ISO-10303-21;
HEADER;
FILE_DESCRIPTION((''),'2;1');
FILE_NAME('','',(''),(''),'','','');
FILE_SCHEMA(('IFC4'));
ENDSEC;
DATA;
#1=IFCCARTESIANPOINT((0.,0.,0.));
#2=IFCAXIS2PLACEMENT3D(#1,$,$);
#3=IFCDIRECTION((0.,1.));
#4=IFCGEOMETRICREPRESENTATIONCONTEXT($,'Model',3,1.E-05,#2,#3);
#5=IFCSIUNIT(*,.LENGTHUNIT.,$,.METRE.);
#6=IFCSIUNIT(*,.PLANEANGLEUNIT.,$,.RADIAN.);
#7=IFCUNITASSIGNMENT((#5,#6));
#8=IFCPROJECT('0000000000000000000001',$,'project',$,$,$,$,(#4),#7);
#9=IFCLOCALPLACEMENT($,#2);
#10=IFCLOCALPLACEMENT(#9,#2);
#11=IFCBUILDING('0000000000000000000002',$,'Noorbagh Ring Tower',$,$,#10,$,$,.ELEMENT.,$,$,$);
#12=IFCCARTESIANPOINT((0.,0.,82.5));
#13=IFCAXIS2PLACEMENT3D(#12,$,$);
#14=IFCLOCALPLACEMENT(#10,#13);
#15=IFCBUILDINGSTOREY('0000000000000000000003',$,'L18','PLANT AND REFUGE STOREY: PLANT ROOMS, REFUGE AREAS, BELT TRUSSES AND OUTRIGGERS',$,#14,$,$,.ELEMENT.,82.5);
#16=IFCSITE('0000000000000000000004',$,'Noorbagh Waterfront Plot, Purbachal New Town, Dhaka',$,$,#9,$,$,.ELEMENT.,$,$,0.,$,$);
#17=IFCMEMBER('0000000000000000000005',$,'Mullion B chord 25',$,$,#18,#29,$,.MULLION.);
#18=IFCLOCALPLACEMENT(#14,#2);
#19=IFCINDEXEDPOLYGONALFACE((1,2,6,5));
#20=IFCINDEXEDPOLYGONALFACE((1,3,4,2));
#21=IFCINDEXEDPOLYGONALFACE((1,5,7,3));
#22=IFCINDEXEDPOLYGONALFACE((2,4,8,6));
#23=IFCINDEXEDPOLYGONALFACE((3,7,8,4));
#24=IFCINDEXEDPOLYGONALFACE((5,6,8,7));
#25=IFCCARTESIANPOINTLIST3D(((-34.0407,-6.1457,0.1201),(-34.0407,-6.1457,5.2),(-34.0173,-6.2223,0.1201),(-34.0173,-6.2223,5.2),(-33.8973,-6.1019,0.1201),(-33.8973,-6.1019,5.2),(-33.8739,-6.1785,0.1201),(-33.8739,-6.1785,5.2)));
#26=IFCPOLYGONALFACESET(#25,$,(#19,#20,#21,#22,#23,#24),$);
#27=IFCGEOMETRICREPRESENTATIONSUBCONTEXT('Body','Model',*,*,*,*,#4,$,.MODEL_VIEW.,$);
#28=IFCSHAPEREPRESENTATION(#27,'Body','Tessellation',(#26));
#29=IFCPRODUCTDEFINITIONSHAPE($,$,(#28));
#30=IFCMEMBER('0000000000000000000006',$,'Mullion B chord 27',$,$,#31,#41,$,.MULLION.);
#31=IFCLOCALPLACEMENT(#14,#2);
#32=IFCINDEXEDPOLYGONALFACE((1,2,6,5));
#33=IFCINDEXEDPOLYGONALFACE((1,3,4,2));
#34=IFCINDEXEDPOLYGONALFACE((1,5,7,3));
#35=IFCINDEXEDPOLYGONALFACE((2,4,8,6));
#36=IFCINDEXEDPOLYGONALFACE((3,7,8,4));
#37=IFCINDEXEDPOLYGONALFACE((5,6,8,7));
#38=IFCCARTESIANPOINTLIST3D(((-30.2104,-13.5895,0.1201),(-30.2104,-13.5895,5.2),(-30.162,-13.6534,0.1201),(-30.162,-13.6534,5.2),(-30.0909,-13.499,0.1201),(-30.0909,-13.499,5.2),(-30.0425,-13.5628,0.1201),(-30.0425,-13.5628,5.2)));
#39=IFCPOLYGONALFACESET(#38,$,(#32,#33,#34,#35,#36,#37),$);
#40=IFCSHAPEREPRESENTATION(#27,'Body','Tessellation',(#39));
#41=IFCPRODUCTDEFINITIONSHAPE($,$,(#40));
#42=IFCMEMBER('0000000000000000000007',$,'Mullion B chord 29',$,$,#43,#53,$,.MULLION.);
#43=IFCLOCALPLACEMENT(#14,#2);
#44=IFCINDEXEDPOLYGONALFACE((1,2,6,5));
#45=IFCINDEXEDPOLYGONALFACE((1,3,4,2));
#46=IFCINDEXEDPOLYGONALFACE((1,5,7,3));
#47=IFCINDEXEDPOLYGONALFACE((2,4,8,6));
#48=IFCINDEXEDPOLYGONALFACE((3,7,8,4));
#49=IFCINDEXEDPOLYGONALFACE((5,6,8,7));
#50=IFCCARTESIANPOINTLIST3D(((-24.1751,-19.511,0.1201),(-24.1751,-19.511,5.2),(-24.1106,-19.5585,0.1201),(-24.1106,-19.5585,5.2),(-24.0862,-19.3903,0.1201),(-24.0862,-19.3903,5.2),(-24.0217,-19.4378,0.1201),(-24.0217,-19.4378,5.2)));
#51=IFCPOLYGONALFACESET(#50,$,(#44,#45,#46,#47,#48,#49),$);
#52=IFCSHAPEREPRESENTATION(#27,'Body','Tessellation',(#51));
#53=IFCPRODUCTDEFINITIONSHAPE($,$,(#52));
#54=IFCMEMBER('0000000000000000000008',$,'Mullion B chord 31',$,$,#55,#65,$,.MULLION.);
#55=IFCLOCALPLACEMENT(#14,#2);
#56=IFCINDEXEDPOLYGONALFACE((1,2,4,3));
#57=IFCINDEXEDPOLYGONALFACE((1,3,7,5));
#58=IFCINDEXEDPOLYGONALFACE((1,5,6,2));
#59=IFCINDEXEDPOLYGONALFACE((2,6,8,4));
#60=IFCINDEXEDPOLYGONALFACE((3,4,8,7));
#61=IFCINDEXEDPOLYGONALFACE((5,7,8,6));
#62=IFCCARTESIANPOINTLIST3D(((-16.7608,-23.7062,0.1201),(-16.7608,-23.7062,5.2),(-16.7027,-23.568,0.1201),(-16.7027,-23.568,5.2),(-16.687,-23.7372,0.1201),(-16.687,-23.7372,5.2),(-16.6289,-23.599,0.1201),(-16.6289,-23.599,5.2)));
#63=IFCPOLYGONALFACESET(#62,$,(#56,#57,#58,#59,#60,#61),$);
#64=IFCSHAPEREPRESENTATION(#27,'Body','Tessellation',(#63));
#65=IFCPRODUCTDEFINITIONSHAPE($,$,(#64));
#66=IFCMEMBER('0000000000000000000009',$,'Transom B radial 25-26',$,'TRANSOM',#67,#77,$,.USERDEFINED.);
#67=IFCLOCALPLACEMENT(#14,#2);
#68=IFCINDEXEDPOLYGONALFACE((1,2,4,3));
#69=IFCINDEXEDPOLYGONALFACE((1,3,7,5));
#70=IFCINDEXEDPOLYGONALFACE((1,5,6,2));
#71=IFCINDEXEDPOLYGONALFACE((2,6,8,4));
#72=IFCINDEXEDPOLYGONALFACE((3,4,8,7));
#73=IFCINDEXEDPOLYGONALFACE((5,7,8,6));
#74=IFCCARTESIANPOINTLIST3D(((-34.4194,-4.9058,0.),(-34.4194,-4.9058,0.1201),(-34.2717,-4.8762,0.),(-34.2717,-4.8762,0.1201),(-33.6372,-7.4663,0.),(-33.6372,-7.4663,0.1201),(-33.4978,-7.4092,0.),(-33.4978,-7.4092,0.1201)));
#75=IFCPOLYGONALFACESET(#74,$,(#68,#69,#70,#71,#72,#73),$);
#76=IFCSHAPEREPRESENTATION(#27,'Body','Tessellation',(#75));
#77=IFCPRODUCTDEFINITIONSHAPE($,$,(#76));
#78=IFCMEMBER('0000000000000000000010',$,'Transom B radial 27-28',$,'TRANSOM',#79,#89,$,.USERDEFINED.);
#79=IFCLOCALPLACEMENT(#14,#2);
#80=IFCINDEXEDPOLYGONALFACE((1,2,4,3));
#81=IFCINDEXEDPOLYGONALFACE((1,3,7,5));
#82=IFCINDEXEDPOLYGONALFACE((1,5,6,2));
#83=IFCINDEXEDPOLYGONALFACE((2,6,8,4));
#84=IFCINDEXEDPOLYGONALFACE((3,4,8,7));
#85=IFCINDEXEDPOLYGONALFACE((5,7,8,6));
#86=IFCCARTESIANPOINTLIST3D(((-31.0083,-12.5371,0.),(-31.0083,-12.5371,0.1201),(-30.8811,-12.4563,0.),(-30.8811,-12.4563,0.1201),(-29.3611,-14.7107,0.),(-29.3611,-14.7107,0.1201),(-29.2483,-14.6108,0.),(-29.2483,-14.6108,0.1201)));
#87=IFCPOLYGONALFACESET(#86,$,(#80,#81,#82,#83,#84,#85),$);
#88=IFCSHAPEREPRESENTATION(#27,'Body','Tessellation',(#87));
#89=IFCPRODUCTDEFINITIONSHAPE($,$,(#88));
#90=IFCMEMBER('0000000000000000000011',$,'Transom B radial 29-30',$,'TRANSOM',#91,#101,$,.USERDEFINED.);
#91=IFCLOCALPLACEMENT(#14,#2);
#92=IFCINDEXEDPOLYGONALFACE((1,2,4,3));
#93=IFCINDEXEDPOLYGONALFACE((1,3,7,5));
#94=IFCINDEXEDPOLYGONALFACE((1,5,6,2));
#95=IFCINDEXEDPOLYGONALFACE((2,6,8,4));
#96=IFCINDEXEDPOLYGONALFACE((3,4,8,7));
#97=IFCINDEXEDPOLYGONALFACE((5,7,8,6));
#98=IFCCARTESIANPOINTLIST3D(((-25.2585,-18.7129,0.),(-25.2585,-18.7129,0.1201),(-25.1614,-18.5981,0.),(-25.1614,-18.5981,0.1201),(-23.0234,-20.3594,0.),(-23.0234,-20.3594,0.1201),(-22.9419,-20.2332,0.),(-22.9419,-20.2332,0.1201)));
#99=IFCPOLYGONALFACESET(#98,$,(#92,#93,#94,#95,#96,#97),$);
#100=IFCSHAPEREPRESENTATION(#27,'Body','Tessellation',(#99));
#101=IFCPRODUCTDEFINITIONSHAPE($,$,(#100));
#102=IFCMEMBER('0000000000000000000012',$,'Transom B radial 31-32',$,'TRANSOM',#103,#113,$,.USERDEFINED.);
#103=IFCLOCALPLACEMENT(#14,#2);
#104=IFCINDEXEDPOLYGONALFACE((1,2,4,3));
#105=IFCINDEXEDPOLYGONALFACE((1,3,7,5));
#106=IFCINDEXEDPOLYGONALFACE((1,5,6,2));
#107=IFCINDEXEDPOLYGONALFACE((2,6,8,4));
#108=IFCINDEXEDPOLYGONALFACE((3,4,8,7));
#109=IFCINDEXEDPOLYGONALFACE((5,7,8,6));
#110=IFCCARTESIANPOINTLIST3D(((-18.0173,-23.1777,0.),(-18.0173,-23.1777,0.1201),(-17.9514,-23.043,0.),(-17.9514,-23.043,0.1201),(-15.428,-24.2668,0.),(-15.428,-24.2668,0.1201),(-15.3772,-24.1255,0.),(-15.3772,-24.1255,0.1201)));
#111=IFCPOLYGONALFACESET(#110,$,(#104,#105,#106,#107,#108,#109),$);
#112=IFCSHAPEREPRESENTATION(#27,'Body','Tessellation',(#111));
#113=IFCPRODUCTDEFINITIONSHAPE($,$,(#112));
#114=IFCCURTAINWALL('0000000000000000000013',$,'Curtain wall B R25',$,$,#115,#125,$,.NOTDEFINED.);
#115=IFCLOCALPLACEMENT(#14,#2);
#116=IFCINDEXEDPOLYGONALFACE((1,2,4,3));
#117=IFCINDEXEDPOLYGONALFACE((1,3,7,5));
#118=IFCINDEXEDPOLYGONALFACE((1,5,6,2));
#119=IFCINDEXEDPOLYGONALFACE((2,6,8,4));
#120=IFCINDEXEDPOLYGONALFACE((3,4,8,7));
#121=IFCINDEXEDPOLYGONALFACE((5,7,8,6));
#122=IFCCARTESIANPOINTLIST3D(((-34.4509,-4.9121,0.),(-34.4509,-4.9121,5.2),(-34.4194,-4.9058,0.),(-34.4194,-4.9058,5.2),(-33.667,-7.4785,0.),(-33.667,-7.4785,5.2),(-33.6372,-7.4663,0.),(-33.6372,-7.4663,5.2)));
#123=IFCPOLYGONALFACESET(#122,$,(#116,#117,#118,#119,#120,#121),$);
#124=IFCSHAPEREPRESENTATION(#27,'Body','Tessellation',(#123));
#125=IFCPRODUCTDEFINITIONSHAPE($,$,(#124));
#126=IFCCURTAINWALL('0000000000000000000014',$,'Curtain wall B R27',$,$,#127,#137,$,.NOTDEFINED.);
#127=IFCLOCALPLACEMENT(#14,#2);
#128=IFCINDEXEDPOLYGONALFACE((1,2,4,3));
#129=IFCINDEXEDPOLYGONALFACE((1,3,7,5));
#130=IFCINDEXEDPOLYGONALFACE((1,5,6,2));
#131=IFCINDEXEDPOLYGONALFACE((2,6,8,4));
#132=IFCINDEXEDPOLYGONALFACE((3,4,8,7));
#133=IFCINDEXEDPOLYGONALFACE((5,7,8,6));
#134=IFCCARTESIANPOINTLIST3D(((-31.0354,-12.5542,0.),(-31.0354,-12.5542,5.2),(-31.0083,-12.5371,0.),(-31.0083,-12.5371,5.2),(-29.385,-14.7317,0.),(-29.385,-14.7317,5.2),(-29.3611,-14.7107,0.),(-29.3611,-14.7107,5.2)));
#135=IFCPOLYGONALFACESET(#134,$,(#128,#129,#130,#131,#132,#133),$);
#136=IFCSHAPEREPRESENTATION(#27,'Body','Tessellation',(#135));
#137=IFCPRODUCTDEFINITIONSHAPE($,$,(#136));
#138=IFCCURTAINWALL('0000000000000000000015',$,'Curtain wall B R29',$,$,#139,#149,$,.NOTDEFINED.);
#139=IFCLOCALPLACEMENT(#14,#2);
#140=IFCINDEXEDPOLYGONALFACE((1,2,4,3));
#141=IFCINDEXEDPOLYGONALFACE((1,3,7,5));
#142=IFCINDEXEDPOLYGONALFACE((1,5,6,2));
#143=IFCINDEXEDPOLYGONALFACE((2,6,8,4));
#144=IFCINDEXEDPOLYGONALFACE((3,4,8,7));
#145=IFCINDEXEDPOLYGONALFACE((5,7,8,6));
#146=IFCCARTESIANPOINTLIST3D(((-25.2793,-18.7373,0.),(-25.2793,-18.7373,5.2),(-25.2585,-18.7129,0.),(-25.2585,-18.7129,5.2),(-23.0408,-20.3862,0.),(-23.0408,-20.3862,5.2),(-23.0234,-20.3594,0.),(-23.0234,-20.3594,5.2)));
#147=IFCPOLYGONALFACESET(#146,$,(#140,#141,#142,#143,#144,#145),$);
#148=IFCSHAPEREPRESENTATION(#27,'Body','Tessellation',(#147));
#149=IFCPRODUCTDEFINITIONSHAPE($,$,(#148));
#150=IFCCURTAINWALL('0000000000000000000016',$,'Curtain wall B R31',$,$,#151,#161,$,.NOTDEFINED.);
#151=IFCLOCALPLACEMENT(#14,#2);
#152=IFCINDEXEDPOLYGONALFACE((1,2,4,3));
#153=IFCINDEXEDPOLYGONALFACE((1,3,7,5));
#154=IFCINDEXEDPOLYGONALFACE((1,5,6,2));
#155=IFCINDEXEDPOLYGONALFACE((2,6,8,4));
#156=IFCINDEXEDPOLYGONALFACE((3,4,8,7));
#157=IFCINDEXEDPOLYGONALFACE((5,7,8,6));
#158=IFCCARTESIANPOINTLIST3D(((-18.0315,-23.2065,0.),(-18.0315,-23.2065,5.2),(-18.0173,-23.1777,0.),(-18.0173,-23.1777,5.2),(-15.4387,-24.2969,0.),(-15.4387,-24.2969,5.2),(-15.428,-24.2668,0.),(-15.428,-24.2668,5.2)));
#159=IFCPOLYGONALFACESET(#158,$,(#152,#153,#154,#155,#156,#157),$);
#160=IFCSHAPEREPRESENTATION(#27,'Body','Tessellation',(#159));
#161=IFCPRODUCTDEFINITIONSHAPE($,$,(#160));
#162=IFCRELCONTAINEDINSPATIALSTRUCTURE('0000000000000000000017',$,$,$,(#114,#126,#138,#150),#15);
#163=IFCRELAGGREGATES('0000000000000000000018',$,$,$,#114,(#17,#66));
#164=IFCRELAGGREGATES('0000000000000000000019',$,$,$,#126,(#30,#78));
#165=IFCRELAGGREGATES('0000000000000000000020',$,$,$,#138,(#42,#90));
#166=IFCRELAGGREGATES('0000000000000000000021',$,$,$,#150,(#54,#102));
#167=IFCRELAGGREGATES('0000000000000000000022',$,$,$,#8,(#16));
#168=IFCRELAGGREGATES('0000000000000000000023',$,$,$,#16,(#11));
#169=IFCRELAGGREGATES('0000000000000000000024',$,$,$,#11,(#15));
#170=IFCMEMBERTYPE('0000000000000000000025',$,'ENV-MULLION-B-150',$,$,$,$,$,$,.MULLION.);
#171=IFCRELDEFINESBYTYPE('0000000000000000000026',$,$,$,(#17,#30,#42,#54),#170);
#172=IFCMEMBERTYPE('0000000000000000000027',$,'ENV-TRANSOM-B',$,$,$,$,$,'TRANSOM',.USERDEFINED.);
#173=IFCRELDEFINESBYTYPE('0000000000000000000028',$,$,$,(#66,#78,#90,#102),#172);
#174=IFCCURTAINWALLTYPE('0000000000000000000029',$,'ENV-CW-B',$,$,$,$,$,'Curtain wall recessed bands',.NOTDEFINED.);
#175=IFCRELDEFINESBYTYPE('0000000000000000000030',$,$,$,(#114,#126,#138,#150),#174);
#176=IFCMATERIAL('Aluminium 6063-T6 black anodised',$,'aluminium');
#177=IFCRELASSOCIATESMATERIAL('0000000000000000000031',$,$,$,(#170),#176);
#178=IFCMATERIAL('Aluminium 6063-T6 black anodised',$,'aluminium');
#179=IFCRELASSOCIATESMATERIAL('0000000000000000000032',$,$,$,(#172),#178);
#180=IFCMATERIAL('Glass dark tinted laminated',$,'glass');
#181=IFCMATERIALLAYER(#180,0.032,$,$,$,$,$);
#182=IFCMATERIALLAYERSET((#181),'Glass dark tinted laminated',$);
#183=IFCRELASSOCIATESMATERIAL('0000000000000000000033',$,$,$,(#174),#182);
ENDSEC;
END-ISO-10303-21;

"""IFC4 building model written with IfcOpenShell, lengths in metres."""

from ifc_helpers import new_model, si_unit, direction, frame, origin, origin_2d, place, context, subcontext, project, spatial, polyline, rectangle, outline, extrude, material, layer, layer_set, material_profile, profile_set, type_object, element, aggregate, save


model = new_model("IFC4")

# Units and contexts
model_context = context("Model", 3, precision=1e-05, world=origin(), true_north=direction((0.0, 1.0)))
body_context = subcontext(model_context, "Body", "Model", "MODEL_VIEW")
ifc_project = project(units=[si_unit("LENGTHUNIT", "METRE"), si_unit("PLANEANGLEUNIT", "RADIAN")], contexts=[model_context])

# Members
ifc_material_1 = material(Name="Aluminium 6063-T6 black anodised", Category="aluminium")
ifc_material_profile = material_profile(ifc_material_1, rectangle(XDim=0.1499, YDim=0.0801, at=origin_2d()), Name="150x80")
ifc_profile_set = profile_set([ifc_material_profile], Name="Aluminium 6063-T6 black anodised")
member_type_1 = type_object("IfcMemberType", Name="ENV-MULLION-B-150", PredefinedType="MULLION", material=ifc_profile_set)
site_placement = place(None, origin())
building_placement = place(site_placement, origin())
storey_placement = place(building_placement, frame((0.0, 0.0, 82.5)))
member_1_placement = place(storey_placement, frame((-33.9573, -6.1621, 0.1201), z_axis=(0.0, 0.0, 1.0), x_axis=(0.956366, 0.29217, 0.0)))
member_1 = element("IfcMember", 1, at=member_1_placement, type_object=member_type_1, Name="Mullion B chord 25", PredefinedType="MULLION", context=body_context, shape_type="SweptSolid", body=[
    extrude(rectangle(XDim=0.1499, YDim=0.0801, at=origin_2d()), origin(), (0.0, 0.0, 1.0), 5.0798),
])
member_2_placement = place(storey_placement, frame((-30.1265, -13.5762, 0.1201), z_axis=(0.0, 0.0, 1.0), x_axis=(0.796969, 0.60402, 0.0)))
member_2 = element("IfcMember", 2, at=member_2_placement, type_object=member_type_1, Name="Mullion B chord 27", PredefinedType="MULLION", context=body_context, shape_type="SweptSolid", body=[
    extrude(rectangle(XDim=0.1499, YDim=0.0801, at=origin_2d()), origin(), (0.0, 0.0, 1.0), 5.0798),
])
member_3_placement = place(storey_placement, frame((-24.0984, -19.4744, 0.1201), z_axis=(0.0, 0.0, 1.0), x_axis=(0.593067, 0.805153, 0.0)))
member_3 = element("IfcMember", 3, at=member_3_placement, type_object=member_type_1, Name="Mullion B chord 29", PredefinedType="MULLION", context=body_context, shape_type="SweptSolid", body=[
    extrude(rectangle(XDim=0.1499, YDim=0.0801, at=origin_2d()), origin(), (0.0, 0.0, 1.0), 5.0798),
])
member_4_placement = place(storey_placement, frame((-16.6948, -23.6526, 0.1201), z_axis=(0.0, 0.0, 1.0), x_axis=(0.387638, 0.921812, 0.0)))
member_4 = element("IfcMember", 4, at=member_4_placement, type_object=member_type_1, Name="Mullion B chord 31", PredefinedType="MULLION", context=body_context, shape_type="SweptSolid", body=[
    extrude(rectangle(XDim=0.1499, YDim=0.0801, at=origin_2d()), origin(), (0.0, 0.0, 1.0), 5.0798),
])
ifc_material_2 = material(Name="Aluminium 6063-T6 black anodised", Category="aluminium")
member_type_2 = type_object("IfcMemberType", Name="ENV-TRANSOM-B", ElementType="TRANSOM", PredefinedType="USERDEFINED", material=ifc_material_2)
member_5_placement = place(storey_placement, origin())
member_5 = element("IfcMember", 5, at=member_5_placement, type_object=member_type_2, Name="Transom B radial 25-26", ObjectType="TRANSOM", PredefinedType="USERDEFINED", context=body_context, shape_type="SweptSolid", body=[
    extrude(outline(polyline([(-34.4194, -4.9058), (-33.6372, -7.4663), (-33.4978, -7.4092), (-34.2717, -4.8762), (-34.4194, -4.9058)])), origin(), (0.0, 0.0, 1.0), 0.1201),
])
member_6_placement = place(storey_placement, origin())
member_6 = element("IfcMember", 6, at=member_6_placement, type_object=member_type_2, Name="Transom B radial 27-28", ObjectType="TRANSOM", PredefinedType="USERDEFINED", context=body_context, shape_type="SweptSolid", body=[
    extrude(outline(polyline([(-31.0083, -12.5371), (-29.3611, -14.7107), (-29.2483, -14.6108), (-30.8811, -12.4563), (-31.0083, -12.5371)])), origin(), (0.0, 0.0, 1.0), 0.1201),
])
member_7_placement = place(storey_placement, origin())
member_7 = element("IfcMember", 7, at=member_7_placement, type_object=member_type_2, Name="Transom B radial 29-30", ObjectType="TRANSOM", PredefinedType="USERDEFINED", context=body_context, shape_type="SweptSolid", body=[
    extrude(outline(polyline([(-25.2585, -18.7129), (-23.0234, -20.3594), (-22.9419, -20.2332), (-25.1614, -18.5981), (-25.2585, -18.7129)])), origin(), (0.0, 0.0, 1.0), 0.1201),
])
member_8_placement = place(storey_placement, origin())
member_8 = element("IfcMember", 8, at=member_8_placement, type_object=member_type_2, Name="Transom B radial 31-32", ObjectType="TRANSOM", PredefinedType="USERDEFINED", context=body_context, shape_type="SweptSolid", body=[
    extrude(outline(polyline([(-18.0173, -23.1777), (-15.428, -24.2668), (-15.3772, -24.1255), (-17.9514, -23.043), (-18.0173, -23.1777)])), origin(), (0.0, 0.0, 1.0), 0.1201),
])

# Site, building, storey
site = spatial("IfcSite", under=ifc_project, at=site_placement, Name="Noorbagh Waterfront Plot, Purbachal New Town, Dhaka", CompositionType="ELEMENT", RefElevation=0.0)
building = spatial("IfcBuilding", under=site, at=building_placement, Name="Noorbagh Ring Tower", CompositionType="ELEMENT")
storey = spatial("IfcBuildingStorey", under=building, at=storey_placement, Name="L18", Description="PLANT AND REFUGE STOREY: PLANT ROOMS, REFUGE AREAS, BELT TRUSSES AND OUTRIGGERS", CompositionType="ELEMENT", Elevation=82.5)

# Curtain walls
ifc_material_3 = material(Name="Glass dark tinted laminated", Category="glass")
ifc_layer = layer(ifc_material_3, 0.032)
ifc_layer_set = layer_set([ifc_layer], Name="Glass dark tinted laminated")
curtain_wall_type = type_object("IfcCurtainWallType", Name="ENV-CW-B", ElementType="Curtain wall recessed bands", PredefinedType="NOTDEFINED", material=ifc_layer_set)
curtain_wall_1_placement = place(storey_placement, origin())
curtain_wall_1 = element("IfcCurtainWall", 9, at=curtain_wall_1_placement, inside=storey, type_object=curtain_wall_type, Name="Curtain wall B R25", PredefinedType="NOTDEFINED", context=body_context, shape_type="SweptSolid", body=[
    extrude(outline(polyline([(-34.4509, -4.9121), (-33.667, -7.4785), (-33.6372, -7.4663), (-34.4194, -4.9058), (-34.4509, -4.9121)])), origin(), (0.0, 0.0, 1.0), 5.2),
])
aggregate(curtain_wall_1, [member_1, member_5])
curtain_wall_2_placement = place(storey_placement, origin())
curtain_wall_2 = element("IfcCurtainWall", 10, at=curtain_wall_2_placement, inside=storey, type_object=curtain_wall_type, Name="Curtain wall B R27", PredefinedType="NOTDEFINED", context=body_context, shape_type="SweptSolid", body=[
    extrude(outline(polyline([(-31.0354, -12.5542), (-29.385, -14.7317), (-29.3611, -14.7107), (-31.0083, -12.5371), (-31.0354, -12.5542)])), origin(), (0.0, 0.0, 1.0), 5.2),
])
aggregate(curtain_wall_2, [member_2, member_6])
curtain_wall_3_placement = place(storey_placement, origin())
curtain_wall_3 = element("IfcCurtainWall", 11, at=curtain_wall_3_placement, inside=storey, type_object=curtain_wall_type, Name="Curtain wall B R29", PredefinedType="NOTDEFINED", context=body_context, shape_type="SweptSolid", body=[
    extrude(outline(polyline([(-25.2793, -18.7373), (-23.0408, -20.3862), (-23.0234, -20.3594), (-25.2585, -18.7129), (-25.2793, -18.7373)])), origin(), (0.0, 0.0, 1.0), 5.2),
])
aggregate(curtain_wall_3, [member_3, member_7])
curtain_wall_4_placement = place(storey_placement, origin())
curtain_wall_4 = element("IfcCurtainWall", 12, at=curtain_wall_4_placement, inside=storey, type_object=curtain_wall_type, Name="Curtain wall B R31", PredefinedType="NOTDEFINED", context=body_context, shape_type="SweptSolid", body=[
    extrude(outline(polyline([(-18.0315, -23.2065), (-15.4387, -24.2969), (-15.428, -24.2668), (-18.0173, -23.1777), (-18.0315, -23.2065)])), origin(), (0.0, 0.0, 1.0), 5.2),
])
aggregate(curtain_wall_4, [member_4, member_8])

save(model, "model.ifc")
